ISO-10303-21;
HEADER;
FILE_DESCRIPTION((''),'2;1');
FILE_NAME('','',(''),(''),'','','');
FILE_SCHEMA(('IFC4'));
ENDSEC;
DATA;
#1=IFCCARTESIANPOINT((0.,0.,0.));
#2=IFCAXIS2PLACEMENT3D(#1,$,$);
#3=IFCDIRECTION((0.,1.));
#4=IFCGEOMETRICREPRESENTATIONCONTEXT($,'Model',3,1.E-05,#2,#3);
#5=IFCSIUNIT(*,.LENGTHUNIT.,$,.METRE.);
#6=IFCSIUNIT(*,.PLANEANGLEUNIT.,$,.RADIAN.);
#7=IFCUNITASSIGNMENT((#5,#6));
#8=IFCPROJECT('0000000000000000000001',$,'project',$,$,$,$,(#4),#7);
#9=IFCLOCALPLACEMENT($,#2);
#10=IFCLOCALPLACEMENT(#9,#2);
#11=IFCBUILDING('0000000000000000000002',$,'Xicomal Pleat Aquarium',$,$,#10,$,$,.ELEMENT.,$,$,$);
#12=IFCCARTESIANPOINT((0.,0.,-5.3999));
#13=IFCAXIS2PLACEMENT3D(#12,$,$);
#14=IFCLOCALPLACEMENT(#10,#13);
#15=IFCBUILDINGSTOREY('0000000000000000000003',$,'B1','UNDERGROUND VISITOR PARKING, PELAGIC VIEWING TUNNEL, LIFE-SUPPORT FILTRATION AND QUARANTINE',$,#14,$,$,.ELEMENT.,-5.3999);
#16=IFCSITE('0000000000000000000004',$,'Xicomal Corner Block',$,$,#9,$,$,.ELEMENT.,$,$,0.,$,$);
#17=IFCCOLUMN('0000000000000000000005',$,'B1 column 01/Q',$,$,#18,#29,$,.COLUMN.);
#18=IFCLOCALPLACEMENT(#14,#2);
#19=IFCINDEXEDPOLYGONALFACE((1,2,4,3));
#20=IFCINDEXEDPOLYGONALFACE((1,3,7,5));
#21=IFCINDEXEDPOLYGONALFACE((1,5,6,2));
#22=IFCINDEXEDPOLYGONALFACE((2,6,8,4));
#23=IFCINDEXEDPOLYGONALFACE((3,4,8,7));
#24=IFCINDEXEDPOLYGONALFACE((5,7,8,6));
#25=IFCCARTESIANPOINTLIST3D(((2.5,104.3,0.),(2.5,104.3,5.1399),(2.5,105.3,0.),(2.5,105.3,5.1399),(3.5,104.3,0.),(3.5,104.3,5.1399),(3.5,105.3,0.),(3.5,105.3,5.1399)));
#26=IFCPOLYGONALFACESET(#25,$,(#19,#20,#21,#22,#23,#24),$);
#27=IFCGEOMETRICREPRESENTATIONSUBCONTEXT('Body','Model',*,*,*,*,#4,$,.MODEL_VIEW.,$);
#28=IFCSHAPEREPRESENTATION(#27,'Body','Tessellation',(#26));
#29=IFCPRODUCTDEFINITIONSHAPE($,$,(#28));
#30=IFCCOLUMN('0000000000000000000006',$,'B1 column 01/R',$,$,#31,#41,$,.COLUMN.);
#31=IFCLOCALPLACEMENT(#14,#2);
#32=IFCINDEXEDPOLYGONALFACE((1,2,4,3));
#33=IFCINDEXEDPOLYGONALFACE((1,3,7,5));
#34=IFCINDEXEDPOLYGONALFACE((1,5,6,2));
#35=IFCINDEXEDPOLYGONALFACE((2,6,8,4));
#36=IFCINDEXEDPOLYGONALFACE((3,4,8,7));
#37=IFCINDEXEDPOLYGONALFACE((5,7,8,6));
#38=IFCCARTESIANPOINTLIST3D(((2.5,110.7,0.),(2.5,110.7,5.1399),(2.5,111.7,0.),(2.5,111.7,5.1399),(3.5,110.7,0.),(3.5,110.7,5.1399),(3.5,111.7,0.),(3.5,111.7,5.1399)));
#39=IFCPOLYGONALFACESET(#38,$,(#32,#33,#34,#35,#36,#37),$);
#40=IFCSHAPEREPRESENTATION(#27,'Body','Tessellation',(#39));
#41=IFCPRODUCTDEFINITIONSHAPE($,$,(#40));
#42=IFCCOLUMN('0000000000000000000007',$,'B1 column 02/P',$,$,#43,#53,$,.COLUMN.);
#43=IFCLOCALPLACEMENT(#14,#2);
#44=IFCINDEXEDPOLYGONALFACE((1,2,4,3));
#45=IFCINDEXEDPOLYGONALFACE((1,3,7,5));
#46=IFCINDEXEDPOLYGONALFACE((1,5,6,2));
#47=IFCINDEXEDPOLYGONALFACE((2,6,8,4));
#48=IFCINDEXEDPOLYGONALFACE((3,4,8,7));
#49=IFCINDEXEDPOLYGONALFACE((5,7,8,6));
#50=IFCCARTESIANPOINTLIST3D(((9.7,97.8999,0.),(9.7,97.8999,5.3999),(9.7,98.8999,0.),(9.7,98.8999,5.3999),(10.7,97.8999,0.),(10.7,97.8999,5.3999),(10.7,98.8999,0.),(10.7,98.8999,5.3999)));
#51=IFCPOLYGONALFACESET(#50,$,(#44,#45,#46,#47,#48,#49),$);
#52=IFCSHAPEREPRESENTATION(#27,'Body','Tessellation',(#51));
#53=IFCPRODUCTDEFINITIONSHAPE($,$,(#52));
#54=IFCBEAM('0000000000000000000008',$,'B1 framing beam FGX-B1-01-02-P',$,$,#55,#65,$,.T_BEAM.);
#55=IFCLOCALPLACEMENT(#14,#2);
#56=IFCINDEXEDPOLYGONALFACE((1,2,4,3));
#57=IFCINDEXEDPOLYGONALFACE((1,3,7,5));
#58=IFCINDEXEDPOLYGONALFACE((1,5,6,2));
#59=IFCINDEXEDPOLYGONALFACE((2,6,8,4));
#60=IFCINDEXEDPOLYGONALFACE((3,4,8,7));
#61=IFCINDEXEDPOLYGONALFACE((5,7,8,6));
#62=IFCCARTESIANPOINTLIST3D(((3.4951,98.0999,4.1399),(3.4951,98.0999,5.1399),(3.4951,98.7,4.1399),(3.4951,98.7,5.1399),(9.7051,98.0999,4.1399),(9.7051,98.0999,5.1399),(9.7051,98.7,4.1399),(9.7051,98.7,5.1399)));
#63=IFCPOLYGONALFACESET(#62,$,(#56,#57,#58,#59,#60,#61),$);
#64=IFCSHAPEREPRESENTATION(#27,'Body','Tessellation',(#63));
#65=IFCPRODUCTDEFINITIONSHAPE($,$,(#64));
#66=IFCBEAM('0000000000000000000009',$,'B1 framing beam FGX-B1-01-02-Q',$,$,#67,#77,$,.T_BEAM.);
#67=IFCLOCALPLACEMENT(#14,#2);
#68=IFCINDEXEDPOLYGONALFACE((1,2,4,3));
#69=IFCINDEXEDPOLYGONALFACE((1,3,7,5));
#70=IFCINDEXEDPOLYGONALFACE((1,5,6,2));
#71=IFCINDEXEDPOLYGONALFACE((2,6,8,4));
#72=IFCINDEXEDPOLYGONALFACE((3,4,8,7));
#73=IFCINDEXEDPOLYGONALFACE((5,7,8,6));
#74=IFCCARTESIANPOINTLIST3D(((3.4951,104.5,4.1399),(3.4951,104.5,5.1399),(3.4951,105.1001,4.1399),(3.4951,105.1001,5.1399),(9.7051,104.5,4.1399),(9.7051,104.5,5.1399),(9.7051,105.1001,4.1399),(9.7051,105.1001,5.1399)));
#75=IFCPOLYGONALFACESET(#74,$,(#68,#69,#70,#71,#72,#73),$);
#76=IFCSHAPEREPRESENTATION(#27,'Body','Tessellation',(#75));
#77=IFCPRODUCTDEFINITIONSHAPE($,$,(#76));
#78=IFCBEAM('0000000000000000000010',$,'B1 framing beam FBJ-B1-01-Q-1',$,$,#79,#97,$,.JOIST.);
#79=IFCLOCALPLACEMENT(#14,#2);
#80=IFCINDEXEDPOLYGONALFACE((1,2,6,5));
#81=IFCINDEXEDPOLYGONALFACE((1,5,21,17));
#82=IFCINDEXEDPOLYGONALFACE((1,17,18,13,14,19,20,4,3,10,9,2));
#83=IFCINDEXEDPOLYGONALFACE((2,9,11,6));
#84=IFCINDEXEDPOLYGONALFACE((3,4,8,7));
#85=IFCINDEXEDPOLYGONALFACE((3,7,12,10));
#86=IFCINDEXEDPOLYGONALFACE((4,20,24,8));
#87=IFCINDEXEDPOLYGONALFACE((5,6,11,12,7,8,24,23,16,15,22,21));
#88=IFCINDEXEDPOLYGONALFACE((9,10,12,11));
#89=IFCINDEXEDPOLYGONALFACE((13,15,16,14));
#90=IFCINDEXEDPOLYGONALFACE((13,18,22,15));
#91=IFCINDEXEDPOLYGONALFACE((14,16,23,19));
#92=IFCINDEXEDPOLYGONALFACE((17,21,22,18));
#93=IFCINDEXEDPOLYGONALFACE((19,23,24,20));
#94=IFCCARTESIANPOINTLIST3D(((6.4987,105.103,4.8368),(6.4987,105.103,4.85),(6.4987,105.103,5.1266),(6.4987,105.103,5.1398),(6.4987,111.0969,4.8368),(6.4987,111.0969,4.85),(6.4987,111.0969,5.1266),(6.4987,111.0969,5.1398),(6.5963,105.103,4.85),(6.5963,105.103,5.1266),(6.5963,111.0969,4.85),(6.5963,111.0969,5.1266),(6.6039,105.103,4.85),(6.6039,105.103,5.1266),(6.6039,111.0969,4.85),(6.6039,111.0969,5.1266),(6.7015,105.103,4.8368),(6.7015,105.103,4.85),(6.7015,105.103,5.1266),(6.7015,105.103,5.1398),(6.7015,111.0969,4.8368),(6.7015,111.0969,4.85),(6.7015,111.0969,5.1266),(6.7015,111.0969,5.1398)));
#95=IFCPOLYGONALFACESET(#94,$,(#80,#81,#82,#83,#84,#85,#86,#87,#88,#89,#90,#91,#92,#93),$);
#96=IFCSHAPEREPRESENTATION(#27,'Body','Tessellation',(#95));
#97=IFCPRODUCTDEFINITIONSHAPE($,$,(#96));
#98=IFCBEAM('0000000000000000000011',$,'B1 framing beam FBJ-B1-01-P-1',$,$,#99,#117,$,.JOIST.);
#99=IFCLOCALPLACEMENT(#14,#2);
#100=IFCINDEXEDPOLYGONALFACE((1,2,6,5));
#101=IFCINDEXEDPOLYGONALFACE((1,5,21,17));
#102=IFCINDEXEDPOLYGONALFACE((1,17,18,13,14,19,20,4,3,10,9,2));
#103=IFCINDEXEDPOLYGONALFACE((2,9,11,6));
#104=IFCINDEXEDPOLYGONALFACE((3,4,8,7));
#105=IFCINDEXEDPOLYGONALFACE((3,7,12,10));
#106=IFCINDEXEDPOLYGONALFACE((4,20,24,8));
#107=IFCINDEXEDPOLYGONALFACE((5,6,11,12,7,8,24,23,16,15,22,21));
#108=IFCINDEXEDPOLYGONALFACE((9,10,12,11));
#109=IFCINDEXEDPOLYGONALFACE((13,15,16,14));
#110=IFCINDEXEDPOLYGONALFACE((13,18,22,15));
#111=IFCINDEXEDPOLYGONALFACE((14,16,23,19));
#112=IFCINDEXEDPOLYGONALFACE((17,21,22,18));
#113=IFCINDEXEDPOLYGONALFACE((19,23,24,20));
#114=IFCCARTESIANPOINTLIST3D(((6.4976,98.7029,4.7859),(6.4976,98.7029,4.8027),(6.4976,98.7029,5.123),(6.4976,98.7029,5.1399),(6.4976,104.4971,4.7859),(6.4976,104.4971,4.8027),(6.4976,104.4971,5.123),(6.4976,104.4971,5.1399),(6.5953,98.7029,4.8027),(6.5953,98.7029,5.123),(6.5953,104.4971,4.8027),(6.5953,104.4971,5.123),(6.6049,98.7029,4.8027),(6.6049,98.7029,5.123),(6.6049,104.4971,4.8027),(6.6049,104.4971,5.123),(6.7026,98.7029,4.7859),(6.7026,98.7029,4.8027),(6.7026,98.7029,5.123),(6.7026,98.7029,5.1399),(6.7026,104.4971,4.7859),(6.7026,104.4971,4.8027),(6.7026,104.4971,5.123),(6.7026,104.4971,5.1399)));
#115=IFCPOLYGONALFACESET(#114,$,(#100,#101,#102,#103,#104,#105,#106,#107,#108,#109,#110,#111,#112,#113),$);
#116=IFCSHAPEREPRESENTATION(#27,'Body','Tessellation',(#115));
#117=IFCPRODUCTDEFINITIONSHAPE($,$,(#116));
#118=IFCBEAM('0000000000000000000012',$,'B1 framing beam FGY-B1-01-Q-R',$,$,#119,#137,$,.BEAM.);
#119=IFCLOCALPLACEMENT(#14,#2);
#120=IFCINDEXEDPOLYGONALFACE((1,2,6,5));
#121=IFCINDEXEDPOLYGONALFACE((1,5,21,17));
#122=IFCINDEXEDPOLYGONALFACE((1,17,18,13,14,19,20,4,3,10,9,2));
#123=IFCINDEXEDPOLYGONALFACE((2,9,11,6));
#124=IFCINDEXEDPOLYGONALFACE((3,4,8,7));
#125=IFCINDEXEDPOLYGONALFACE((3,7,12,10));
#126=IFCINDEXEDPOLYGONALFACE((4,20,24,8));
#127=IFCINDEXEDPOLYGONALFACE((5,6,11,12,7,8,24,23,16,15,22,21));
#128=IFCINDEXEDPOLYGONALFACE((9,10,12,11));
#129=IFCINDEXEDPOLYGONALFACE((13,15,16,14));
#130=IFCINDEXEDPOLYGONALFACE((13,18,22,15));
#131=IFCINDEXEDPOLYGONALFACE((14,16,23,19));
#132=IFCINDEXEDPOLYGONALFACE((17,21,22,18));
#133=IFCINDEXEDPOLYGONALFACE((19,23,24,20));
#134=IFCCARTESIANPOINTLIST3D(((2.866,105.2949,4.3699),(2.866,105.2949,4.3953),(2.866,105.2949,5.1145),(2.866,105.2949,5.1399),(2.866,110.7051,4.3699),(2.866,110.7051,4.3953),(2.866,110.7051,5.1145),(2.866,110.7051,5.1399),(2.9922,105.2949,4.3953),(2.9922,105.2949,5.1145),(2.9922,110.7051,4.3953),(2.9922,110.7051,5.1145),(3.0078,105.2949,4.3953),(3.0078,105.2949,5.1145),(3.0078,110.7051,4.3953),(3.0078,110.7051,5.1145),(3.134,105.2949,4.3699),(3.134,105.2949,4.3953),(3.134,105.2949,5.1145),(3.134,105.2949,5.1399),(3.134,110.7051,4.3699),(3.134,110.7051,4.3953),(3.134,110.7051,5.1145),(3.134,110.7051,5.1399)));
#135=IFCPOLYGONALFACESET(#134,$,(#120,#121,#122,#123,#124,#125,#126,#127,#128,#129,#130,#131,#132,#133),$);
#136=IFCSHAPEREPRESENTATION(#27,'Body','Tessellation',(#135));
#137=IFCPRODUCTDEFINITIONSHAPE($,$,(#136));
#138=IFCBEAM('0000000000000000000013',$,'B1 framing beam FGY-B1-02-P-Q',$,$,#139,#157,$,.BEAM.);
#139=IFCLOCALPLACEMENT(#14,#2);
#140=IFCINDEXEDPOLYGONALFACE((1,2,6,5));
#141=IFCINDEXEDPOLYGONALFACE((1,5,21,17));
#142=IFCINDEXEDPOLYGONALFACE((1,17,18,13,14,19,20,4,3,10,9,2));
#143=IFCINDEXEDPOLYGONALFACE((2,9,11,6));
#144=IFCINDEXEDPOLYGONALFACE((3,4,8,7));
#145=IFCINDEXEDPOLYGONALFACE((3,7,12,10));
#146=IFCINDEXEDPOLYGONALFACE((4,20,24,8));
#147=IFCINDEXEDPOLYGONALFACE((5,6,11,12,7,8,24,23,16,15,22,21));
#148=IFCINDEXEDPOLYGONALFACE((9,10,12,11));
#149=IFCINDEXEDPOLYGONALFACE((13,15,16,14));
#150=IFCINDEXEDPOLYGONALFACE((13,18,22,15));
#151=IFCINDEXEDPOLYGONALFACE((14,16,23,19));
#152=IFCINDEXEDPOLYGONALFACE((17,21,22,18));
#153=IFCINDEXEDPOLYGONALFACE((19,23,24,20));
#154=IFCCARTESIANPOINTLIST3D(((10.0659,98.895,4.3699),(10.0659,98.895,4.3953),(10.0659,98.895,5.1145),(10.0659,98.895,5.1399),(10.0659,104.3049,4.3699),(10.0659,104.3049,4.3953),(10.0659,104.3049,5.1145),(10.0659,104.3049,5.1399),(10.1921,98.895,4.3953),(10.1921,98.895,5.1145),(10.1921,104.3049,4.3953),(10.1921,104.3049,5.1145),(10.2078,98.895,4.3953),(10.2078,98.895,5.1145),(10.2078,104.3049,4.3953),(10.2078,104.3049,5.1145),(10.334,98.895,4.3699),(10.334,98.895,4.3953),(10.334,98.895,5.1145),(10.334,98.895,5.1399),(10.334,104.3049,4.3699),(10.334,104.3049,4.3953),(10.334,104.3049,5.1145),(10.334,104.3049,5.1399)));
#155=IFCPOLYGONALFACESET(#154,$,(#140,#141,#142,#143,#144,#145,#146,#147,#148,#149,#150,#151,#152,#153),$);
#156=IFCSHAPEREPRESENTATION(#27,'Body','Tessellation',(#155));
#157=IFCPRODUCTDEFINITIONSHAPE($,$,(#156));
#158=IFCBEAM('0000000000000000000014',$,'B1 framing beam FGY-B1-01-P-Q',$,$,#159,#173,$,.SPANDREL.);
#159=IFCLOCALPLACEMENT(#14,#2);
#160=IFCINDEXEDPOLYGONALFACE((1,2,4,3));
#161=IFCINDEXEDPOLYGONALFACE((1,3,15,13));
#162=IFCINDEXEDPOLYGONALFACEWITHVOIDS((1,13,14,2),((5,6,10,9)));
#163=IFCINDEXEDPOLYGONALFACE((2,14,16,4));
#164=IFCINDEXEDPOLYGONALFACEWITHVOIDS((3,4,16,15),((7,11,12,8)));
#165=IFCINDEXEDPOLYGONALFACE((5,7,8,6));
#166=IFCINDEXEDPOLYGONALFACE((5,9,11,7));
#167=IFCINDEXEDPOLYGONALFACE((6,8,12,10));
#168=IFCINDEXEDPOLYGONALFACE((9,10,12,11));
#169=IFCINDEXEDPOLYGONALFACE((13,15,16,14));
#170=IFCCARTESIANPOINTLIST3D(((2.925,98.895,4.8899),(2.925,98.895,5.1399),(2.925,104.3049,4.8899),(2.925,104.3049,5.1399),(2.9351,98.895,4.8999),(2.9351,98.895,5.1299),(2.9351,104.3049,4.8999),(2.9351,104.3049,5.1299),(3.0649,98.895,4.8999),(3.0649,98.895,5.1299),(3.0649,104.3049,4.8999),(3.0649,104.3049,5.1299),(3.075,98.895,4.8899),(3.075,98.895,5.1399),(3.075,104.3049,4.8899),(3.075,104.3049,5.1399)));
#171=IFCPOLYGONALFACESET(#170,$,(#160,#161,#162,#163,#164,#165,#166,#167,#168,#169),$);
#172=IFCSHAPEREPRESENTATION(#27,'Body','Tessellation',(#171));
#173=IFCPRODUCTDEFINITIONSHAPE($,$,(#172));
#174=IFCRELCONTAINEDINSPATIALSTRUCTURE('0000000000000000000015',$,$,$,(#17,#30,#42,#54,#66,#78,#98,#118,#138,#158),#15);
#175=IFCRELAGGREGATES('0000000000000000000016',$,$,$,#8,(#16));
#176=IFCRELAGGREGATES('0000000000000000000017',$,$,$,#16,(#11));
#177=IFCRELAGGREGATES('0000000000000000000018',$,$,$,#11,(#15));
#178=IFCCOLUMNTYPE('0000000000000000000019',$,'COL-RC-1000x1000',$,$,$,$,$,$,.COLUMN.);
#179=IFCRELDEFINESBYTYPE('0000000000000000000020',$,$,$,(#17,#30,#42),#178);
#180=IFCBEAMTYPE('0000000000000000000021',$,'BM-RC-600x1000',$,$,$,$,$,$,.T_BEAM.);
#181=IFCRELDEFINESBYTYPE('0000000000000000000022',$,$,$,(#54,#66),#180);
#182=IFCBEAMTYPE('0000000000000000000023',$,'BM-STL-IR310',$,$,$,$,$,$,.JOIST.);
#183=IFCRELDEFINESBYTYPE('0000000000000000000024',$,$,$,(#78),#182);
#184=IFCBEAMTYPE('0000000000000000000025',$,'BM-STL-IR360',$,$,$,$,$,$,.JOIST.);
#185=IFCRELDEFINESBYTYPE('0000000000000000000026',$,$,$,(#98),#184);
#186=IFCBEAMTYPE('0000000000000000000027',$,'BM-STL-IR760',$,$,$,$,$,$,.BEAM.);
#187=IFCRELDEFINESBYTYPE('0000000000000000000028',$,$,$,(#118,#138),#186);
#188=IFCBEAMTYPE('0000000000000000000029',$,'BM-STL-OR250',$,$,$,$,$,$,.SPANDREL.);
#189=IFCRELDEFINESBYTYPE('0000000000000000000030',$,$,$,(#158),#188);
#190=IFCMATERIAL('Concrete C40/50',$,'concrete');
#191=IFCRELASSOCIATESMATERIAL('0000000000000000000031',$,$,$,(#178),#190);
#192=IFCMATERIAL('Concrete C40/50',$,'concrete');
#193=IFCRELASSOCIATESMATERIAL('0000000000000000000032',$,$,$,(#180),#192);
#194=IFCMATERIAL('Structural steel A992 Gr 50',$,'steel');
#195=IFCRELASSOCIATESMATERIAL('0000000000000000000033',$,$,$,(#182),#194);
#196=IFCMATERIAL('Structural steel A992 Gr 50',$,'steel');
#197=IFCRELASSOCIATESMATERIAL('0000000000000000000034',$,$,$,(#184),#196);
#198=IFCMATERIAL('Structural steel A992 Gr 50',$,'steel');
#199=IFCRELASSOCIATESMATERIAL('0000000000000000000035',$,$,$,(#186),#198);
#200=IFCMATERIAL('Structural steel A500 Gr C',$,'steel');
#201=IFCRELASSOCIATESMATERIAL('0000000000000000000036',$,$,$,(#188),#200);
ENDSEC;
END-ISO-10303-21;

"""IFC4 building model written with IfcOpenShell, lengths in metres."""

from ifc_helpers import new_model, si_unit, direction, frame, origin, origin_2d, place, context, subcontext, project, spatial, rectangle, hollow_rectangle, i_section, extrude, material, material_profile, profile_set, type_object, element, save


model = new_model("IFC4")

# Units and contexts
model_context = context("Model", 3, precision=1e-05, world=origin(), true_north=direction((0.0, 1.0)))
body_context = subcontext(model_context, "Body", "Model", "MODEL_VIEW")
ifc_project = project(units=[si_unit("LENGTHUNIT", "METRE"), si_unit("PLANEANGLEUNIT", "RADIAN")], contexts=[model_context])

# Site, building, storey
site_placement = place(None, origin())
site = spatial("IfcSite", under=ifc_project, at=site_placement, Name="Xicomal Corner Block", CompositionType="ELEMENT", RefElevation=0.0)
building_placement = place(site_placement, origin())
building = spatial("IfcBuilding", under=site, at=building_placement, Name="Xicomal Pleat Aquarium", CompositionType="ELEMENT")
storey_placement = place(building_placement, frame((0.0, 0.0, -5.3999)))
storey = spatial("IfcBuildingStorey", under=building, at=storey_placement, Name="B1", Description="UNDERGROUND VISITOR PARKING, PELAGIC VIEWING TUNNEL, LIFE-SUPPORT FILTRATION AND QUARANTINE", CompositionType="ELEMENT", Elevation=-5.3999)

# Columns
ifc_material_1 = material(Name="Concrete C40/50", Category="concrete")
ifc_material_profile_1 = material_profile(ifc_material_1, rectangle(XDim=1.0, YDim=1.0, at=origin_2d()), Name="RC 1000x1000")
ifc_profile_set_1 = profile_set([ifc_material_profile_1], Name="Concrete C40/50")
column_type = type_object("IfcColumnType", Name="COL-RC-1000x1000", PredefinedType="COLUMN", material=ifc_profile_set_1)
for number, where, z_axis, x_axis, name in (
    (1, (3.0, 104.8, 0.0), (0.0, 0.0, 1.0), (1.0, 0.0, 0.0), "B1 column 01/Q"),
    (2, (3.0, 111.2, 0.0), (0.0, 0.0, 1.0), (1.0, 0.0, 0.0), "B1 column 01/R"),
):
    element("IfcColumn", number, at=place(storey_placement, frame(where, z_axis=z_axis, x_axis=x_axis)), inside=storey, type_object=column_type, Name=name, PredefinedType="COLUMN", context=body_context, shape_type="SweptSolid", body=[
        extrude(rectangle(XDim=1.0, YDim=1.0, at=origin_2d()), origin(), (0.0, 0.0, 1.0), 5.1399),
    ])
column_1_placement = place(storey_placement, frame((10.2, 98.3999, 0.0), z_axis=(0.0, 0.0, 1.0), x_axis=(1.0, 0.0, 0.0)))
element("IfcColumn", 3, at=column_1_placement, inside=storey, type_object=column_type, Name="B1 column 02/P", PredefinedType="COLUMN", context=body_context, shape_type="SweptSolid", body=[
    extrude(rectangle(XDim=1.0, YDim=1.0, at=origin_2d()), origin(), (0.0, 0.0, 1.0), 5.3999),
])

# Beams
ifc_material_2 = material(Name="Concrete C40/50", Category="concrete")
ifc_material_profile_2 = material_profile(ifc_material_2, rectangle(XDim=0.6001, YDim=1.0, at=origin_2d()), Name="RC 600x1000")
ifc_profile_set_2 = profile_set([ifc_material_profile_2], Name="Concrete C40/50")
beam_type_1 = type_object("IfcBeamType", Name="BM-RC-600x1000", PredefinedType="T_BEAM", material=ifc_profile_set_2)
for number, where, z_axis, x_axis, name in (
    (4, (3.4951, 98.3999, 4.6399), (1.0, 0.0, 0.0), (0.0, 1.0, 0.0), "B1 framing beam FGX-B1-01-02-P"),
    (5, (3.4951, 104.8, 4.6399), (1.0, 0.0, 0.0), (0.0, 1.0, 0.0), "B1 framing beam FGX-B1-01-02-Q"),
):
    element("IfcBeam", number, at=place(storey_placement, frame(where, z_axis=z_axis, x_axis=x_axis)), inside=storey, type_object=beam_type_1, Name=name, PredefinedType="T_BEAM", context=body_context, shape_type="SweptSolid", body=[
        extrude(rectangle(XDim=0.6001, YDim=1.0, at=origin_2d()), origin(), (0.0, 0.0, 1.0), 6.21),
    ])
ifc_material_3 = material(Name="Structural steel A992 Gr 50", Category="steel")
ifc_material_profile_3 = material_profile(ifc_material_3, i_section(OverallWidth=0.2029, OverallDepth=0.303, WebThickness=0.0076, FlangeThickness=0.0132, at=origin_2d()), Name="IR 310x60")
ifc_profile_set_3 = profile_set([ifc_material_profile_3], Name="Structural steel A992 Gr 50")
beam_type_2 = type_object("IfcBeamType", Name="BM-STL-IR310", PredefinedType="JOIST", material=ifc_profile_set_3)
beam_1_placement = place(storey_placement, frame((6.6001, 105.103, 4.9883), z_axis=(0.0, 1.0, 0.0), x_axis=(-1.0, 0.0, 0.0)))
element("IfcBeam", 6, at=beam_1_placement, inside=storey, type_object=beam_type_2, Name="B1 framing beam FBJ-B1-01-Q-1", PredefinedType="JOIST", context=body_context, shape_type="SweptSolid", body=[
    extrude(i_section(OverallWidth=0.2029, OverallDepth=0.303, WebThickness=0.0076, FlangeThickness=0.0132, at=origin_2d()), origin(), (0.0, 0.0, 1.0), 5.9939),
])
ifc_material_4 = material(Name="Structural steel A992 Gr 50", Category="steel")
ifc_material_profile_4 = material_profile(ifc_material_4, i_section(OverallWidth=0.2051, OverallDepth=0.354, WebThickness=0.0095, FlangeThickness=0.0168, at=origin_2d()), Name="IR 360x79")
ifc_profile_set_4 = profile_set([ifc_material_profile_4], Name="Structural steel A992 Gr 50")
beam_type_3 = type_object("IfcBeamType", Name="BM-STL-IR360", PredefinedType="JOIST", material=ifc_profile_set_4)
beam_2_placement = place(storey_placement, frame((6.6001, 98.7029, 4.9629), z_axis=(0.0, 1.0, 0.0), x_axis=(-1.0, 0.0, 0.0)))
element("IfcBeam", 7, at=beam_2_placement, inside=storey, type_object=beam_type_3, Name="B1 framing beam FBJ-B1-01-P-1", PredefinedType="JOIST", context=body_context, shape_type="SweptSolid", body=[
    extrude(i_section(OverallWidth=0.2051, OverallDepth=0.354, WebThickness=0.0095, FlangeThickness=0.0168, at=origin_2d()), origin(), (0.0, 0.0, 1.0), 5.7942),
])
ifc_material_5 = material(Name="Structural steel A992 Gr 50", Category="steel")
ifc_material_profile_5 = material_profile(ifc_material_5, i_section(OverallWidth=0.2681, OverallDepth=0.77, WebThickness=0.0156, FlangeThickness=0.0254, at=origin_2d()), Name="IR 760x196")
ifc_profile_set_5 = profile_set([ifc_material_profile_5], Name="Structural steel A992 Gr 50")
beam_type_4 = type_object("IfcBeamType", Name="BM-STL-IR760", PredefinedType="BEAM", material=ifc_profile_set_5)
beam_3_placement = place(storey_placement, frame((3.0, 105.2949, 4.7549), z_axis=(0.0, 1.0, 0.0), x_axis=(-1.0, 0.0, 0.0)))
element("IfcBeam", 8, at=beam_3_placement, inside=storey, type_object=beam_type_4, Name="B1 framing beam FGY-B1-01-Q-R", PredefinedType="BEAM", context=body_context, shape_type="SweptSolid", body=[
    extrude(i_section(OverallWidth=0.2681, OverallDepth=0.77, WebThickness=0.0156, FlangeThickness=0.0254, at=origin_2d()), origin(), (0.0, 0.0, 1.0), 5.4102),
])
beam_4_placement = place(storey_placement, frame((10.2, 98.895, 4.7549), z_axis=(0.0, 1.0, 0.0), x_axis=(-1.0, 0.0, 0.0)))
element("IfcBeam", 9, at=beam_4_placement, inside=storey, type_object=beam_type_4, Name="B1 framing beam FGY-B1-02-P-Q", PredefinedType="BEAM", context=body_context, shape_type="SweptSolid", body=[
    extrude(i_section(OverallWidth=0.2681, OverallDepth=0.77, WebThickness=0.0156, FlangeThickness=0.0254, at=origin_2d()), origin(), (0.0, 0.0, 1.0), 5.4099),
])
ifc_material_6 = material(Name="Structural steel A500 Gr C", Category="steel")
ifc_material_profile_6 = material_profile(ifc_material_6, hollow_rectangle(XDim=0.1499, YDim=0.25, WallThickness=0.01, at=origin_2d()), Name="OR 250x150x10")
ifc_profile_set_6 = profile_set([ifc_material_profile_6], Name="Structural steel A500 Gr C")
beam_type_5 = type_object("IfcBeamType", Name="BM-STL-OR250", PredefinedType="SPANDREL", material=ifc_profile_set_6)
beam_5_placement = place(storey_placement, frame((3.0, 98.895, 5.0149), z_axis=(0.0, 1.0, 0.0), x_axis=(-1.0, 0.0, 0.0)))
element("IfcBeam", 10, at=beam_5_placement, inside=storey, type_object=beam_type_5, Name="B1 framing beam FGY-B1-01-P-Q", PredefinedType="SPANDREL", context=body_context, shape_type="SweptSolid", body=[
    extrude(hollow_rectangle(XDim=0.1499, YDim=0.25, WallThickness=0.01, at=origin_2d()), origin(), (0.0, 0.0, 1.0), 5.4099),
])

save(model, "model.ifc")
